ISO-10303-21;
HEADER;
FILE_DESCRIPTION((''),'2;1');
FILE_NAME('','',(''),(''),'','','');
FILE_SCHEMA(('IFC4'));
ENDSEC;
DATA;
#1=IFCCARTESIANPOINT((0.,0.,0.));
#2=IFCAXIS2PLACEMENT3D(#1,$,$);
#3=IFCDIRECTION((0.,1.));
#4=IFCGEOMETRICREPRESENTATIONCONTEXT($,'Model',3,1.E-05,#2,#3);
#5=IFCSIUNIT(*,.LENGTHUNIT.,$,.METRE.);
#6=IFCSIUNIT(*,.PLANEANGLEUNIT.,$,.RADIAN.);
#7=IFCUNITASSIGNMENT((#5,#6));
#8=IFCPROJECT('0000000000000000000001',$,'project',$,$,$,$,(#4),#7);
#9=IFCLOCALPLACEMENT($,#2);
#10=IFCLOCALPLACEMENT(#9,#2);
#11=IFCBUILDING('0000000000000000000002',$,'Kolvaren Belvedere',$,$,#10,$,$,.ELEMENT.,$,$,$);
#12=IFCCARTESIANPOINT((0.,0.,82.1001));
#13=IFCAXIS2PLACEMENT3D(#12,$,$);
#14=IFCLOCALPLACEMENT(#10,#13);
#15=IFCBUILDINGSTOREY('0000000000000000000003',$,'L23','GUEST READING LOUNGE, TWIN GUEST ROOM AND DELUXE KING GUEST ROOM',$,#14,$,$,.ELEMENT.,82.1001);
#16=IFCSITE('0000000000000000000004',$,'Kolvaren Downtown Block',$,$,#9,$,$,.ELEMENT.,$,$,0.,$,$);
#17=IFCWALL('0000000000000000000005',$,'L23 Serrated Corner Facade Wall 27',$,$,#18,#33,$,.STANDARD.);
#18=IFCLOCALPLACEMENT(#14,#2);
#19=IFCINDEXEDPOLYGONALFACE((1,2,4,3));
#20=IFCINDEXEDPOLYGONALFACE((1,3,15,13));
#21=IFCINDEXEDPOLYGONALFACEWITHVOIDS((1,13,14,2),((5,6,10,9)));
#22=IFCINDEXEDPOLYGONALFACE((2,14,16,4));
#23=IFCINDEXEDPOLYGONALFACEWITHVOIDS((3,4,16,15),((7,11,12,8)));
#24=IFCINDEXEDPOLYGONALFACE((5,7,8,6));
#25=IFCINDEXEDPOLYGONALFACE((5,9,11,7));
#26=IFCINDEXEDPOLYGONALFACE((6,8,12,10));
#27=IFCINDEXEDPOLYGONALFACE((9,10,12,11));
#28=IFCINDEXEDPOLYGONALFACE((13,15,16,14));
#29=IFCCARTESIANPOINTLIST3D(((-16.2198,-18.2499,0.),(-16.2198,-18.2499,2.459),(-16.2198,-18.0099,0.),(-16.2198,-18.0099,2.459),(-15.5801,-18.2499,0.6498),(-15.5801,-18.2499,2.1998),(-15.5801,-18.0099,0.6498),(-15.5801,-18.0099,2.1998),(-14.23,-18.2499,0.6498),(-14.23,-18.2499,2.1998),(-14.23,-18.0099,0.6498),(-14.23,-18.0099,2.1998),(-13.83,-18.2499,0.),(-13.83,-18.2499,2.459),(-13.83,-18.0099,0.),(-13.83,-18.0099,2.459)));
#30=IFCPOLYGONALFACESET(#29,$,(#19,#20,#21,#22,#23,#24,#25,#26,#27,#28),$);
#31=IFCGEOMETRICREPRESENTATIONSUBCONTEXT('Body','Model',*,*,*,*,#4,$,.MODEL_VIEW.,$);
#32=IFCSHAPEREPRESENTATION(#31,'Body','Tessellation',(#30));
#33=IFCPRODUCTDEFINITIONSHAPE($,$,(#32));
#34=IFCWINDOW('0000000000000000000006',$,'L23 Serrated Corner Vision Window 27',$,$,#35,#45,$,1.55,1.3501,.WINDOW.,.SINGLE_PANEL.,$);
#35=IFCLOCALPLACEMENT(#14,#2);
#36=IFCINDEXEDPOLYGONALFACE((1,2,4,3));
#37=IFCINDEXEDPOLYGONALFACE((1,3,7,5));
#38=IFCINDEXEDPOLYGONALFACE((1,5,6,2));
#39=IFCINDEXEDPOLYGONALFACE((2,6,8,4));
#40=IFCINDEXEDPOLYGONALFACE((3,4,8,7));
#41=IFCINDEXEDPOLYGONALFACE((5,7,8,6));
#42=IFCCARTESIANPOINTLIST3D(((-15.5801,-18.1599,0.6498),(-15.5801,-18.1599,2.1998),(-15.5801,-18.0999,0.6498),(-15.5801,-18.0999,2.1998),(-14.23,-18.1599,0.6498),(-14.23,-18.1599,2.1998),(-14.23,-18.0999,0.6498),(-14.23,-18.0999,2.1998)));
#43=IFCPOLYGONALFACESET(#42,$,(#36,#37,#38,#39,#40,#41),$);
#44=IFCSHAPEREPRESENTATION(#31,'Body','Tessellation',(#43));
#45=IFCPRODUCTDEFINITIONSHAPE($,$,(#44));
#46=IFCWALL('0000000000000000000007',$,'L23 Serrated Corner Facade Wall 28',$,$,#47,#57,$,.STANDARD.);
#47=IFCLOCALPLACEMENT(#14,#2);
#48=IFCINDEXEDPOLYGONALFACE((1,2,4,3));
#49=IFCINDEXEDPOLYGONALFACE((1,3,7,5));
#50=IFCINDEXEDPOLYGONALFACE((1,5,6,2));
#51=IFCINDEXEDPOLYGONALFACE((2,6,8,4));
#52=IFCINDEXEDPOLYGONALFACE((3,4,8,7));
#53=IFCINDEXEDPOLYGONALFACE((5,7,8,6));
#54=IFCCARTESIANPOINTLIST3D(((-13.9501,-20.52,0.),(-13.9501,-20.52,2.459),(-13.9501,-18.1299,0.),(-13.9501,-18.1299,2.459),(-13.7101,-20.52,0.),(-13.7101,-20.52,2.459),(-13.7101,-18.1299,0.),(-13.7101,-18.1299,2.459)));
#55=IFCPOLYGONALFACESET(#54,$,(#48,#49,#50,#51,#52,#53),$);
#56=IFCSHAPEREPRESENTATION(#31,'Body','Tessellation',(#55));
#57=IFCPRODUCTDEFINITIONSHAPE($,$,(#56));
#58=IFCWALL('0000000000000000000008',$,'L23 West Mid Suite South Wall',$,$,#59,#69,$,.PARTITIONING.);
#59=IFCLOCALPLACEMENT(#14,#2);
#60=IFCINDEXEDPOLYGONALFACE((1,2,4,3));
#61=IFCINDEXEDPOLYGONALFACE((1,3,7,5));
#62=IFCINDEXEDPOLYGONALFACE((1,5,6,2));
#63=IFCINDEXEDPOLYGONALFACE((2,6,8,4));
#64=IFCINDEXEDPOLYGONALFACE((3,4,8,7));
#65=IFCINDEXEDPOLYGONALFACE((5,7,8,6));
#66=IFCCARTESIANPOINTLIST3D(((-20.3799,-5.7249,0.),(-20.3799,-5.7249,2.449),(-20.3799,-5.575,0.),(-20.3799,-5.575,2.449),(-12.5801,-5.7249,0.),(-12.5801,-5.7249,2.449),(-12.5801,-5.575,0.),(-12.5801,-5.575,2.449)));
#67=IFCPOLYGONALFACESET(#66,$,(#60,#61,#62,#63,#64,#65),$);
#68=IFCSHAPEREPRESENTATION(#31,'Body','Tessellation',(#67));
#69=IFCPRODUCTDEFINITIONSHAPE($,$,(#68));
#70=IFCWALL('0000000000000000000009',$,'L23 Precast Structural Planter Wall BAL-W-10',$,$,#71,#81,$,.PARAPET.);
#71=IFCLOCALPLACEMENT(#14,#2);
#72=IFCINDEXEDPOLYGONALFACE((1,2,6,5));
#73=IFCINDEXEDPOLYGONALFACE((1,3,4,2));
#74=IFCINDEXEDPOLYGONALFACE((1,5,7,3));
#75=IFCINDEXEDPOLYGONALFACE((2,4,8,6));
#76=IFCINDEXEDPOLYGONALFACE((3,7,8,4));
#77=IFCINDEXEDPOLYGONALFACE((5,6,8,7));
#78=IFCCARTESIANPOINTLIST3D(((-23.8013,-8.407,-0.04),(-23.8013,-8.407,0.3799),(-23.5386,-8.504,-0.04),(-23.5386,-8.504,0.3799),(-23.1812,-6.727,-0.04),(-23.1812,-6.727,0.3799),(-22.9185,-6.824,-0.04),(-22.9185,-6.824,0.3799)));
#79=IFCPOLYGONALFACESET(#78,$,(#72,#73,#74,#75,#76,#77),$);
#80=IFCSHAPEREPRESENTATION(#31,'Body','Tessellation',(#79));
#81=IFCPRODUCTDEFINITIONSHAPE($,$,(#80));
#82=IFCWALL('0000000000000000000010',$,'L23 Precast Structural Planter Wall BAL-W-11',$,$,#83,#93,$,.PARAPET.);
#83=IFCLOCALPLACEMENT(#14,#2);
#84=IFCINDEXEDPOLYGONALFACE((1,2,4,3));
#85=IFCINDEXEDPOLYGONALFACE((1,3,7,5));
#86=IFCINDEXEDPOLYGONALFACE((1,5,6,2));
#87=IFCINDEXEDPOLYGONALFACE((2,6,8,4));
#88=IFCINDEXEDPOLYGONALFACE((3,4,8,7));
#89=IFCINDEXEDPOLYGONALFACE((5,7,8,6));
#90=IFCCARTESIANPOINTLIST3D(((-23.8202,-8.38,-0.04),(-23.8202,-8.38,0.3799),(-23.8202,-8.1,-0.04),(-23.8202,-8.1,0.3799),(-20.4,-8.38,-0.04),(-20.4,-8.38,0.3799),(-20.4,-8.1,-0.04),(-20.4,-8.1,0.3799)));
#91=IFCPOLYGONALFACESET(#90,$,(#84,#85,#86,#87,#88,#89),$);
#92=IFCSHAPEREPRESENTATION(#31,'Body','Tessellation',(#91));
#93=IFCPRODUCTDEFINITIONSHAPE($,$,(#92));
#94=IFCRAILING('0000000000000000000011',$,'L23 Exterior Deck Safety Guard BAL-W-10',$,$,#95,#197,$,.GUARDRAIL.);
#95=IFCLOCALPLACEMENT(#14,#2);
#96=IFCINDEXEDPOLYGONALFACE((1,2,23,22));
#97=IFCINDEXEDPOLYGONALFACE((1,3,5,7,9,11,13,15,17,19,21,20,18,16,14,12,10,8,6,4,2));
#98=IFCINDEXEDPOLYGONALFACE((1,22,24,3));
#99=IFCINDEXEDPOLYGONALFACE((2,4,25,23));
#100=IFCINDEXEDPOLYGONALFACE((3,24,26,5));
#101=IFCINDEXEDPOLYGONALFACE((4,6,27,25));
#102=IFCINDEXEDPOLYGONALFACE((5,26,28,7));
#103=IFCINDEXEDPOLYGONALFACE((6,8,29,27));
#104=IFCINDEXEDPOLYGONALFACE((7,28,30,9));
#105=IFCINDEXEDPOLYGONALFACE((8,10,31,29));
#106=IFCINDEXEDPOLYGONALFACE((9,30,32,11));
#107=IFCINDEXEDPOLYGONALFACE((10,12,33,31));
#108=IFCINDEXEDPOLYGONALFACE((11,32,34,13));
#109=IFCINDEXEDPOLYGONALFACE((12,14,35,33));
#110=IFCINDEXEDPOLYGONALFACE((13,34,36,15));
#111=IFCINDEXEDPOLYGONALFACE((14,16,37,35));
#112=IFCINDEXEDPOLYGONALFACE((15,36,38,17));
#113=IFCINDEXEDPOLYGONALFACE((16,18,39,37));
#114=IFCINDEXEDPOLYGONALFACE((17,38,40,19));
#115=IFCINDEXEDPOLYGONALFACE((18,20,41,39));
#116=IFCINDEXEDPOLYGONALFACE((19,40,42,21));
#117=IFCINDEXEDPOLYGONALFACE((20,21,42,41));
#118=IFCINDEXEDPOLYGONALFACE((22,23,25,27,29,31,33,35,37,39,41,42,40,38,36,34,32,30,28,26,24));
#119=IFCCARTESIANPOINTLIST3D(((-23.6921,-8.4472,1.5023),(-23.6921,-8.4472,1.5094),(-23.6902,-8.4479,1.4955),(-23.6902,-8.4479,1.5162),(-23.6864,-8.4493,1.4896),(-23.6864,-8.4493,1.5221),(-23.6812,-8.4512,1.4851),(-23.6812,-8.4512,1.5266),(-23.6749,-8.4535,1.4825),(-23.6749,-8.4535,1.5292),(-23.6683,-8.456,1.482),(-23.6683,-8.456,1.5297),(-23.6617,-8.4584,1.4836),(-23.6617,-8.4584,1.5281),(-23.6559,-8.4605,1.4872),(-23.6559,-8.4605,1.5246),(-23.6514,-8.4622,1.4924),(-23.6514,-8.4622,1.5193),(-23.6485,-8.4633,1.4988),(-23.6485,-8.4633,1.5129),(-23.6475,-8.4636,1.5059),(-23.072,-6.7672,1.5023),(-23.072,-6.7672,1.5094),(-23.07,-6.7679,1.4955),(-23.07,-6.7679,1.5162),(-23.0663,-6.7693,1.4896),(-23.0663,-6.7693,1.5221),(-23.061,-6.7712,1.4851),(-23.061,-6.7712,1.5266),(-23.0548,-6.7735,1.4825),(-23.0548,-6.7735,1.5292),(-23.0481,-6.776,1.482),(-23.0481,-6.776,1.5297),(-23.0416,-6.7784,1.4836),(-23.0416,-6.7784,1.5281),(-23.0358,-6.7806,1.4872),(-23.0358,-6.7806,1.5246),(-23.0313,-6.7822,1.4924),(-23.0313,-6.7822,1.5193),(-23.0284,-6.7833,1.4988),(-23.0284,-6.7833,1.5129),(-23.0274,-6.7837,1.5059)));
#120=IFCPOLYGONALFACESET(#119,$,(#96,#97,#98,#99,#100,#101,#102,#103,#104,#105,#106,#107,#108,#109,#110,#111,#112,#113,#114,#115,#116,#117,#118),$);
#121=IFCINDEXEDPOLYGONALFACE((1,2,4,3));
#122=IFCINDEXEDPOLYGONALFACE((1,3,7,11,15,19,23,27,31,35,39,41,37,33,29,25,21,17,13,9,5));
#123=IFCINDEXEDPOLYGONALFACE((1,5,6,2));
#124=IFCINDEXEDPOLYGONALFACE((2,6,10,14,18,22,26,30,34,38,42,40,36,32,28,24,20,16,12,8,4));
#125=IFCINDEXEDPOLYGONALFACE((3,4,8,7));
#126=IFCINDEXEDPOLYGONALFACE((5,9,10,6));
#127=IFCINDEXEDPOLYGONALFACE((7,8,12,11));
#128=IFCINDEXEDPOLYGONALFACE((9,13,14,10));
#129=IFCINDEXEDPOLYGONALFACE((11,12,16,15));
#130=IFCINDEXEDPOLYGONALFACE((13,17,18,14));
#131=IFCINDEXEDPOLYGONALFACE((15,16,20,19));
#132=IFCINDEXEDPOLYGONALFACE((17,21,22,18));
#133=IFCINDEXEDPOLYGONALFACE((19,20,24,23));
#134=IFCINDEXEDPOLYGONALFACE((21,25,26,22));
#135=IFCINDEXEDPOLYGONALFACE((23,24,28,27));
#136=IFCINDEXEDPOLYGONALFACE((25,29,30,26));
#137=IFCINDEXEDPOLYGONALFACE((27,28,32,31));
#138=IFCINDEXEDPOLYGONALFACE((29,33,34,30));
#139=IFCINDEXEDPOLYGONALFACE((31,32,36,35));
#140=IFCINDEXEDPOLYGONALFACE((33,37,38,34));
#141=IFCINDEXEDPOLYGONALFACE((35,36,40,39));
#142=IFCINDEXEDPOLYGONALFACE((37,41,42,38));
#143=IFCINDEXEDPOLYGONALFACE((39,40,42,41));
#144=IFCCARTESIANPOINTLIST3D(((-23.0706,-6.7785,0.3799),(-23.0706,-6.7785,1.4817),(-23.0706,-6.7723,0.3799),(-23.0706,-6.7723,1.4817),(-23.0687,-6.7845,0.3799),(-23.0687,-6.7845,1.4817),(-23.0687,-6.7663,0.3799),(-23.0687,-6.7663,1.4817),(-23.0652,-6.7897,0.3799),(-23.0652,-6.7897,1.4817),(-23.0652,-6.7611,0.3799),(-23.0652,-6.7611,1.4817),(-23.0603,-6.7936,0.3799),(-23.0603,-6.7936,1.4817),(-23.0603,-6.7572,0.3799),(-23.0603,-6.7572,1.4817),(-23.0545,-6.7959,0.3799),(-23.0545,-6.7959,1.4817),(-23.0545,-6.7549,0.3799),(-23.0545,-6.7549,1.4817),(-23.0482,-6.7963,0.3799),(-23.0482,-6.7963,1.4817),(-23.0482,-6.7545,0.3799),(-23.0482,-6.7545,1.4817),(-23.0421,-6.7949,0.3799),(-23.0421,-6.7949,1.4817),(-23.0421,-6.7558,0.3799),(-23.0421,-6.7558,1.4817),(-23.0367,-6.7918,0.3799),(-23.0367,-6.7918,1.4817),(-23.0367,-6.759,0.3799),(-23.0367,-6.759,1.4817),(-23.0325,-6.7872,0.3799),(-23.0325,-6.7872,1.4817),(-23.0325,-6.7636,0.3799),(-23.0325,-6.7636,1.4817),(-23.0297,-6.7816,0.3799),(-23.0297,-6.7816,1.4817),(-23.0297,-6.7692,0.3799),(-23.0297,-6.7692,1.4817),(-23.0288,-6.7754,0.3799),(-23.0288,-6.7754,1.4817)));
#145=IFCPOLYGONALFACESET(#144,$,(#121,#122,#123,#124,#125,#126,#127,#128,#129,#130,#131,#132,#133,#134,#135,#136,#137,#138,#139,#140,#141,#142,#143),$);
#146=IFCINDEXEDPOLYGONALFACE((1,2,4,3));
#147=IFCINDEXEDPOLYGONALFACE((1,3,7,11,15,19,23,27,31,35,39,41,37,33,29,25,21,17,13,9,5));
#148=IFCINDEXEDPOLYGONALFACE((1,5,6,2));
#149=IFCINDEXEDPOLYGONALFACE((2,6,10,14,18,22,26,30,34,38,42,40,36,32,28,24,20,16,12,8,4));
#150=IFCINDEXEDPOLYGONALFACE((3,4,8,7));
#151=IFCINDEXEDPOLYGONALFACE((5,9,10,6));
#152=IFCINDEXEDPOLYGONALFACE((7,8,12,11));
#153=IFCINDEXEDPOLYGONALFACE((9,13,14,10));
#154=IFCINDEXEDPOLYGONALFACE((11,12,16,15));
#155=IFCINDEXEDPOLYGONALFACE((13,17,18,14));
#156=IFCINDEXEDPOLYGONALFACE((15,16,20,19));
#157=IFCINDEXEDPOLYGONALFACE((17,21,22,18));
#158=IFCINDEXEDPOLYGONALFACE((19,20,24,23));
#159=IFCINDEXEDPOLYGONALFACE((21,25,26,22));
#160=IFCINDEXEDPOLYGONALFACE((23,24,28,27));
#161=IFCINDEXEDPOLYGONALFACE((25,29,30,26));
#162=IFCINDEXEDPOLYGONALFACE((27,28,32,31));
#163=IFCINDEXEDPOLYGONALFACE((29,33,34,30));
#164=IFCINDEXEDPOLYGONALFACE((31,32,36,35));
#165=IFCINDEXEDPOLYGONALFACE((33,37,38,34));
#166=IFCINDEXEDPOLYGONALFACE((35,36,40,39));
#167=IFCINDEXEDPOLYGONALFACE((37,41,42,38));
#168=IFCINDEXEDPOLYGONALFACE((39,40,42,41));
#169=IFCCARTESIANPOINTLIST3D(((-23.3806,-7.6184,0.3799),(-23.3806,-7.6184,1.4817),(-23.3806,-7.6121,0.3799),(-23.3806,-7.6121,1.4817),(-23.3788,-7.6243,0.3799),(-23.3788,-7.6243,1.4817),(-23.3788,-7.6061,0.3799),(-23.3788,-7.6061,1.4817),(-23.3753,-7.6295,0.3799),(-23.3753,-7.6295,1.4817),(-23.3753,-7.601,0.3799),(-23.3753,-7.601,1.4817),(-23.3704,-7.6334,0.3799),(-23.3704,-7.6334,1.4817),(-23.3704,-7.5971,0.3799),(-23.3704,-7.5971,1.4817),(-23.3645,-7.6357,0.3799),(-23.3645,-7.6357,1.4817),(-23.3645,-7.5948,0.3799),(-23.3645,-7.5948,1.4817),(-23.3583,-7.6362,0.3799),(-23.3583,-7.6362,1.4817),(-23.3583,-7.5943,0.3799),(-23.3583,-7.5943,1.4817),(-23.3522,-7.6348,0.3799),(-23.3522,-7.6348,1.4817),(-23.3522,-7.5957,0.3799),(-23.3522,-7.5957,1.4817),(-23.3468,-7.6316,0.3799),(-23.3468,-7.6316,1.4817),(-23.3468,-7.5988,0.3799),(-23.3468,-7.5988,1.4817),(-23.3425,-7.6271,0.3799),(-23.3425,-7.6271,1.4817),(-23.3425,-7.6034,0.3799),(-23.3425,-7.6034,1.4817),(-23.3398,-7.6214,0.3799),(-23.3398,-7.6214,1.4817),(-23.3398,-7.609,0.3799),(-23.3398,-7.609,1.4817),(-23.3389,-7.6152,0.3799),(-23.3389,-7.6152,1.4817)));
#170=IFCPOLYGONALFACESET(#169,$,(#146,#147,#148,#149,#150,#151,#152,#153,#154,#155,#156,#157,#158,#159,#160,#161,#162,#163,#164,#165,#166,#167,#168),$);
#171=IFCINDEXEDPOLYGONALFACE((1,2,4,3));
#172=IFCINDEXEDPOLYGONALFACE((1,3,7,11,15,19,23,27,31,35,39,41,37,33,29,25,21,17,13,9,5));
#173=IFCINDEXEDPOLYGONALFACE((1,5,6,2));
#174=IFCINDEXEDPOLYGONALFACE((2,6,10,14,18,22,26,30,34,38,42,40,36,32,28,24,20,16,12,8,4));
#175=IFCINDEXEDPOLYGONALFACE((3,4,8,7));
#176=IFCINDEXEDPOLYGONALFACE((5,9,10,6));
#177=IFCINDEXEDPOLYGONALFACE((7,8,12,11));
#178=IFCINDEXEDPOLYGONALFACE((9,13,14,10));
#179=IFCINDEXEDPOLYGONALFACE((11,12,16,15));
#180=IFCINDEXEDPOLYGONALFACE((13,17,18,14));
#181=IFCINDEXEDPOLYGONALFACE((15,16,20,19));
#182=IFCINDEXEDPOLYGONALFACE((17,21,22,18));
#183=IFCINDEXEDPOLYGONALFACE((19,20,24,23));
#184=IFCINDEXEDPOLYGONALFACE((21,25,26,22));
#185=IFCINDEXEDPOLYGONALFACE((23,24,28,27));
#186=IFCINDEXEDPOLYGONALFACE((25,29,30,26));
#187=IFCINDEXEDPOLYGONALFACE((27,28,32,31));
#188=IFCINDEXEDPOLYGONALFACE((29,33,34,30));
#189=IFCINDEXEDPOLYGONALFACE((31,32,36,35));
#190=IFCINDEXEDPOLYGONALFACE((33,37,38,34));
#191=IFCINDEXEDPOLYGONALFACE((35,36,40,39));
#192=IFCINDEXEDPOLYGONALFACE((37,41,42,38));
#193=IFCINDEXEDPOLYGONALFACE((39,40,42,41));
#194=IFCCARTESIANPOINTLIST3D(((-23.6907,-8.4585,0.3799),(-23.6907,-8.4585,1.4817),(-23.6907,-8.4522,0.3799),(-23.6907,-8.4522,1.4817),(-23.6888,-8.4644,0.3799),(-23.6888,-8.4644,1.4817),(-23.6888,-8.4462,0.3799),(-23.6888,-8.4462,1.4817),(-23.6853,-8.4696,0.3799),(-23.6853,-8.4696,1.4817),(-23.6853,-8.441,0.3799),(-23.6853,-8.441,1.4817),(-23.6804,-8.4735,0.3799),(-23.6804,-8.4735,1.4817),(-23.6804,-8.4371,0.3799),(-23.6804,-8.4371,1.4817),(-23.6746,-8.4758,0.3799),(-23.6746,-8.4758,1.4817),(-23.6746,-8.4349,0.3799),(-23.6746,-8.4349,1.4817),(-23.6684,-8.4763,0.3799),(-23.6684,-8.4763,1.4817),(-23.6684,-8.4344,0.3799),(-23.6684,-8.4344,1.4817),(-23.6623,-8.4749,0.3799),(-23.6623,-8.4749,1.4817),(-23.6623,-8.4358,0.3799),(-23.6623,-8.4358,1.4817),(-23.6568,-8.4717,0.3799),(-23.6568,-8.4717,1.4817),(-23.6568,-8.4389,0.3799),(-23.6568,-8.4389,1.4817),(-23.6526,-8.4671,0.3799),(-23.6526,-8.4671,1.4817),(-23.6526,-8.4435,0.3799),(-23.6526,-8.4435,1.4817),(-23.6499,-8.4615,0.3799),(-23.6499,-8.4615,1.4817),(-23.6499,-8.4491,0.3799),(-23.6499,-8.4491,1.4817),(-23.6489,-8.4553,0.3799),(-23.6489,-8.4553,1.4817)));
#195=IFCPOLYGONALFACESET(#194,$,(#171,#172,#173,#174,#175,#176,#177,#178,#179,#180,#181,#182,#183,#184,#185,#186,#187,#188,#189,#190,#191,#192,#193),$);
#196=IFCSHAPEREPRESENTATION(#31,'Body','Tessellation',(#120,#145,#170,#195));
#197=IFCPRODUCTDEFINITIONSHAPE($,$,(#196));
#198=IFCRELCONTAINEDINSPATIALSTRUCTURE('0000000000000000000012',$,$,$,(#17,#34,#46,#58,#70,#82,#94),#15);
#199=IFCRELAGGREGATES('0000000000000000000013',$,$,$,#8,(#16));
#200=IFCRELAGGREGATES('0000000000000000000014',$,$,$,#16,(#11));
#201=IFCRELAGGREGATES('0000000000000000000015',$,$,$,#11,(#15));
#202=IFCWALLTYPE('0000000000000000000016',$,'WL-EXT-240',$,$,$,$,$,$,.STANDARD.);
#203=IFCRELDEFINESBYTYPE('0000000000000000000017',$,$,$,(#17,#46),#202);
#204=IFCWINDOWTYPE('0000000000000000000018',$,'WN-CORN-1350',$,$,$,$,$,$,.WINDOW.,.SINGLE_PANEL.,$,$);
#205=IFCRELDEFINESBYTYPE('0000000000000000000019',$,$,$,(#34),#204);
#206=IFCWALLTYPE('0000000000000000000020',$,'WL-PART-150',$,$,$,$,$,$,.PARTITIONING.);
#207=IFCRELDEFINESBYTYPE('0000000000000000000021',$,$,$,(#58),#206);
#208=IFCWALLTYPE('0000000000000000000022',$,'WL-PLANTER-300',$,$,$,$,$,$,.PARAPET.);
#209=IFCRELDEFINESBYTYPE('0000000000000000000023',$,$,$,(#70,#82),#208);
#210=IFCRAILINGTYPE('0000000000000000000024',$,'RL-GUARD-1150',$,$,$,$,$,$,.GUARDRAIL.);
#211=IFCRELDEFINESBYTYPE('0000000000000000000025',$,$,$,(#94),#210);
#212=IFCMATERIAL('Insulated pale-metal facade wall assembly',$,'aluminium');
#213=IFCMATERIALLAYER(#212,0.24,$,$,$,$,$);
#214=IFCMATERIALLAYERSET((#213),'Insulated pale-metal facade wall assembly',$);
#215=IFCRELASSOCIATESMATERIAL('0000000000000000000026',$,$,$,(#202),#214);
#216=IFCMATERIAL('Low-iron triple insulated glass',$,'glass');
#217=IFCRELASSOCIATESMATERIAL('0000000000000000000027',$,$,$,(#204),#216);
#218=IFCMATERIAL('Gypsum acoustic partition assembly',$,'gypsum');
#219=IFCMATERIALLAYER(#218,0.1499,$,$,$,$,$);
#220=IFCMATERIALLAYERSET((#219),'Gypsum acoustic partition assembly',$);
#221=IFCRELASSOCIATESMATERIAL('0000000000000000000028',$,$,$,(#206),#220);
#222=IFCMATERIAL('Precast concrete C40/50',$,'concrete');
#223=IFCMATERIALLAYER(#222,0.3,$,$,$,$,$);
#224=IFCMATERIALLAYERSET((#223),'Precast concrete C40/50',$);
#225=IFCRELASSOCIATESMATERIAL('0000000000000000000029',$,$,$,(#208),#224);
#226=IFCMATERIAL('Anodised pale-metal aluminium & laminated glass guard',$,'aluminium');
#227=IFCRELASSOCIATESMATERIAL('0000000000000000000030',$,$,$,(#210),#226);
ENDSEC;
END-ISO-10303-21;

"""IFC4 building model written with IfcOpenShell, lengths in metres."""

from ifc_helpers import new_model, si_unit, direction, frame, frame_2d, origin, origin_2d, place, context, subcontext, project, spatial, rectangle, circle, extrude, material, layer, layer_set, type_object, element, fill, save


model = new_model("IFC4")

# Units and contexts
model_context = context("Model", 3, precision=1e-05, world=origin(), true_north=direction((0.0, 1.0)))
body_context = subcontext(model_context, "Body", "Model", "MODEL_VIEW")
ifc_project = project(units=[si_unit("LENGTHUNIT", "METRE"), si_unit("PLANEANGLEUNIT", "RADIAN")], contexts=[model_context])

# Site, building, storey
site_placement = place(None, origin())
site = spatial("IfcSite", under=ifc_project, at=site_placement, Name="Kolvaren Downtown Block", CompositionType="ELEMENT", RefElevation=0.0)
building_placement = place(site_placement, origin())
building = spatial("IfcBuilding", under=site, at=building_placement, Name="Kolvaren Belvedere", CompositionType="ELEMENT")
storey_placement = place(building_placement, frame((0.0, 0.0, 82.1001)))
storey = spatial("IfcBuildingStorey", under=building, at=storey_placement, Name="L23", Description="GUEST READING LOUNGE, TWIN GUEST ROOM AND DELUXE KING GUEST ROOM", CompositionType="ELEMENT", Elevation=82.1001)

# Shared definitions
ifc_material_1 = material(Name="Insulated pale-metal facade wall assembly", Category="aluminium")
ifc_layer_1 = layer(ifc_material_1, 0.24)
ifc_layer_set_1 = layer_set([ifc_layer_1], Name="Insulated pale-metal facade wall assembly")
wall_type_1 = type_object("IfcWallType", Name="WL-EXT-240", PredefinedType="STANDARD", material=ifc_layer_set_1)

# Wall, opening, window
ifc_material_2 = material(Name="Low-iron triple insulated glass", Category="glass")
window_type_1 = type_object("IfcWindowType", Name="WN-CORN-1350", PartitioningType="SINGLE_PANEL", PredefinedType="WINDOW", material=ifc_material_2)
wall_1_placement = place(storey_placement, frame((-13.8301, -18.1299, 0.0), z_axis=(0.0, 0.0, 1.0), x_axis=(-1.0, 0.0, 0.0)))
wall_1 = element("IfcWall", 1, at=wall_1_placement, inside=storey, type_object=wall_type_1, Name="L23 Serrated Corner Facade Wall 27", PredefinedType="STANDARD", context=body_context, shape_type="SweptSolid", body=[
    extrude(rectangle(XDim=2.3899, YDim=0.24, at=frame_2d((1.1948, 0.0))), origin(), (0.0, 0.0, 1.0), 2.459),
])
opening_1_placement = place(wall_1_placement, frame((0.3999, 0.0, 0.6499)))
opening_1 = element("IfcOpeningElement", 2, at=opening_1_placement, cuts=wall_1, PredefinedType="OPENING", context=body_context, shape_type="SweptSolid", body=[
    extrude(rectangle(XDim=1.3501, YDim=1.55, at=frame_2d((0.675, 0.7749))), frame((0.0, 0.1299, 0.0), z_axis=(0.0, -1.0, 0.0), x_axis=(1.0, 0.0, 0.0)), (0.0, 0.0, 1.0), 0.26),
])
window_1_placement = place(opening_1_placement, origin())
window_1 = element("IfcWindow", 3, at=window_1_placement, inside=storey, type_object=window_type_1, Name="L23 Serrated Corner Vision Window 27", OverallHeight=1.55, OverallWidth=1.3501, PartitioningType="SINGLE_PANEL", PredefinedType="WINDOW", context=body_context, shape_type="SweptSolid", body=[
    extrude(rectangle(XDim=1.3501, YDim=1.55, at=frame_2d((0.675, 0.7749))), frame((0.0, 0.03, 0.0), z_axis=(0.0, -1.0, 0.0), x_axis=(1.0, 0.0, 0.0)), (0.0, 0.0, 1.0), 0.0601),
])
fill(opening_1, window_1)

# Walls
wall_2_placement = place(storey_placement, frame((-13.8301, -20.52, 0.0), z_axis=(0.0, 0.0, 1.0), x_axis=(0.0, 1.0, 0.0)))
element("IfcWall", 4, at=wall_2_placement, inside=storey, type_object=wall_type_1, Name="L23 Serrated Corner Facade Wall 28", PredefinedType="STANDARD", context=body_context, shape_type="SweptSolid", body=[
    extrude(rectangle(XDim=2.3901, YDim=0.24, at=frame_2d((1.1951, 0.0))), origin(), (0.0, 0.0, 1.0), 2.459),
])
ifc_material_3 = material(Name="Gypsum acoustic partition assembly", Category="gypsum")
ifc_layer_2 = layer(ifc_material_3, 0.1499)
ifc_layer_set_2 = layer_set([ifc_layer_2], Name="Gypsum acoustic partition assembly")
wall_type_2 = type_object("IfcWallType", Name="WL-PART-150", PredefinedType="PARTITIONING", material=ifc_layer_set_2)
wall_3_placement = place(storey_placement, frame((-20.3799, -5.6499, 0.0), z_axis=(0.0, 0.0, 1.0), x_axis=(1.0, 0.0, 0.0)))
element("IfcWall", 5, at=wall_3_placement, inside=storey, type_object=wall_type_2, Name="L23 West Mid Suite South Wall", PredefinedType="PARTITIONING", context=body_context, shape_type="SweptSolid", body=[
    extrude(rectangle(XDim=7.7998, YDim=0.1499, at=frame_2d((3.8999, 0.0))), origin(), (0.0, 0.0, 1.0), 2.449),
])
ifc_material_4 = material(Name="Precast concrete C40/50", Category="concrete")
ifc_layer_3 = layer(ifc_material_4, 0.3)
ifc_layer_set_3 = layer_set([ifc_layer_3], Name="Precast concrete C40/50")
wall_type_3 = type_object("IfcWallType", Name="WL-PLANTER-300", PredefinedType="PARAPET", material=ifc_layer_set_3)
wall_4_placement = place(storey_placement, frame((-23.0498, -6.7754, -0.04), z_axis=(0.0, 0.0, 1.0), x_axis=(-0.346293, -0.938126, 0.0)))
element("IfcWall", 6, at=wall_4_placement, inside=storey, type_object=wall_type_3, Name="L23 Precast Structural Planter Wall BAL-W-10", PredefinedType="PARAPET", context=body_context, shape_type="SweptSolid", body=[
    extrude(rectangle(XDim=1.7908, YDim=0.28, at=frame_2d((0.8955, 0.0))), origin(), (0.0, 0.0, 1.0), 0.4199),
])
wall_5_placement = place(storey_placement, frame((-23.8201, -8.24, -0.04), z_axis=(0.0, 0.0, 1.0), x_axis=(1.0, 0.0, 0.0)))
element("IfcWall", 7, at=wall_5_placement, inside=storey, type_object=wall_type_3, Name="L23 Precast Structural Planter Wall BAL-W-11", PredefinedType="PARAPET", context=body_context, shape_type="SweptSolid", body=[
    extrude(rectangle(XDim=3.4202, YDim=0.28, at=frame_2d((1.71, 0.0))), origin(), (0.0, 0.0, 1.0), 0.4199),
])

# Railing
ifc_material_5 = material(Name="Anodised pale-metal aluminium & laminated glass guard", Category="aluminium")
railing_type = type_object("IfcRailingType", Name="RL-GUARD-1150", PredefinedType="GUARDRAIL", material=ifc_material_5)
railing_1_placement = place(storey_placement, frame((-23.0498, -6.7754, 0.3799)))
element("IfcRailing", 8, at=railing_1_placement, inside=storey, type_object=railing_type, Name="L23 Exterior Deck Safety Guard BAL-W-10", PredefinedType="GUARDRAIL", context=body_context, shape_type="SweptSolid", body=[
    extrude(circle(Radius=0.0239, at=origin_2d()), frame((0.0, 0.0, 1.126), z_axis=(-0.346293, -0.938126, 0.0), x_axis=(0.938126, -0.346293, 0.0)), (0.0, 0.0, 1.0), 1.7908),
    extrude(circle(Radius=0.021, at=origin_2d()), origin(), (0.0, 0.0, 1.0), 1.1018),
    extrude(circle(Radius=0.021, at=origin_2d()), frame((-0.3101, -0.8398, 0.0)), (0.0, 0.0, 1.0), 1.1018),
    extrude(circle(Radius=0.021, at=origin_2d()), frame((-0.6201, -1.6799, 0.0)), (0.0, 0.0, 1.0), 1.1018),
])

save(model, "model.ifc")
